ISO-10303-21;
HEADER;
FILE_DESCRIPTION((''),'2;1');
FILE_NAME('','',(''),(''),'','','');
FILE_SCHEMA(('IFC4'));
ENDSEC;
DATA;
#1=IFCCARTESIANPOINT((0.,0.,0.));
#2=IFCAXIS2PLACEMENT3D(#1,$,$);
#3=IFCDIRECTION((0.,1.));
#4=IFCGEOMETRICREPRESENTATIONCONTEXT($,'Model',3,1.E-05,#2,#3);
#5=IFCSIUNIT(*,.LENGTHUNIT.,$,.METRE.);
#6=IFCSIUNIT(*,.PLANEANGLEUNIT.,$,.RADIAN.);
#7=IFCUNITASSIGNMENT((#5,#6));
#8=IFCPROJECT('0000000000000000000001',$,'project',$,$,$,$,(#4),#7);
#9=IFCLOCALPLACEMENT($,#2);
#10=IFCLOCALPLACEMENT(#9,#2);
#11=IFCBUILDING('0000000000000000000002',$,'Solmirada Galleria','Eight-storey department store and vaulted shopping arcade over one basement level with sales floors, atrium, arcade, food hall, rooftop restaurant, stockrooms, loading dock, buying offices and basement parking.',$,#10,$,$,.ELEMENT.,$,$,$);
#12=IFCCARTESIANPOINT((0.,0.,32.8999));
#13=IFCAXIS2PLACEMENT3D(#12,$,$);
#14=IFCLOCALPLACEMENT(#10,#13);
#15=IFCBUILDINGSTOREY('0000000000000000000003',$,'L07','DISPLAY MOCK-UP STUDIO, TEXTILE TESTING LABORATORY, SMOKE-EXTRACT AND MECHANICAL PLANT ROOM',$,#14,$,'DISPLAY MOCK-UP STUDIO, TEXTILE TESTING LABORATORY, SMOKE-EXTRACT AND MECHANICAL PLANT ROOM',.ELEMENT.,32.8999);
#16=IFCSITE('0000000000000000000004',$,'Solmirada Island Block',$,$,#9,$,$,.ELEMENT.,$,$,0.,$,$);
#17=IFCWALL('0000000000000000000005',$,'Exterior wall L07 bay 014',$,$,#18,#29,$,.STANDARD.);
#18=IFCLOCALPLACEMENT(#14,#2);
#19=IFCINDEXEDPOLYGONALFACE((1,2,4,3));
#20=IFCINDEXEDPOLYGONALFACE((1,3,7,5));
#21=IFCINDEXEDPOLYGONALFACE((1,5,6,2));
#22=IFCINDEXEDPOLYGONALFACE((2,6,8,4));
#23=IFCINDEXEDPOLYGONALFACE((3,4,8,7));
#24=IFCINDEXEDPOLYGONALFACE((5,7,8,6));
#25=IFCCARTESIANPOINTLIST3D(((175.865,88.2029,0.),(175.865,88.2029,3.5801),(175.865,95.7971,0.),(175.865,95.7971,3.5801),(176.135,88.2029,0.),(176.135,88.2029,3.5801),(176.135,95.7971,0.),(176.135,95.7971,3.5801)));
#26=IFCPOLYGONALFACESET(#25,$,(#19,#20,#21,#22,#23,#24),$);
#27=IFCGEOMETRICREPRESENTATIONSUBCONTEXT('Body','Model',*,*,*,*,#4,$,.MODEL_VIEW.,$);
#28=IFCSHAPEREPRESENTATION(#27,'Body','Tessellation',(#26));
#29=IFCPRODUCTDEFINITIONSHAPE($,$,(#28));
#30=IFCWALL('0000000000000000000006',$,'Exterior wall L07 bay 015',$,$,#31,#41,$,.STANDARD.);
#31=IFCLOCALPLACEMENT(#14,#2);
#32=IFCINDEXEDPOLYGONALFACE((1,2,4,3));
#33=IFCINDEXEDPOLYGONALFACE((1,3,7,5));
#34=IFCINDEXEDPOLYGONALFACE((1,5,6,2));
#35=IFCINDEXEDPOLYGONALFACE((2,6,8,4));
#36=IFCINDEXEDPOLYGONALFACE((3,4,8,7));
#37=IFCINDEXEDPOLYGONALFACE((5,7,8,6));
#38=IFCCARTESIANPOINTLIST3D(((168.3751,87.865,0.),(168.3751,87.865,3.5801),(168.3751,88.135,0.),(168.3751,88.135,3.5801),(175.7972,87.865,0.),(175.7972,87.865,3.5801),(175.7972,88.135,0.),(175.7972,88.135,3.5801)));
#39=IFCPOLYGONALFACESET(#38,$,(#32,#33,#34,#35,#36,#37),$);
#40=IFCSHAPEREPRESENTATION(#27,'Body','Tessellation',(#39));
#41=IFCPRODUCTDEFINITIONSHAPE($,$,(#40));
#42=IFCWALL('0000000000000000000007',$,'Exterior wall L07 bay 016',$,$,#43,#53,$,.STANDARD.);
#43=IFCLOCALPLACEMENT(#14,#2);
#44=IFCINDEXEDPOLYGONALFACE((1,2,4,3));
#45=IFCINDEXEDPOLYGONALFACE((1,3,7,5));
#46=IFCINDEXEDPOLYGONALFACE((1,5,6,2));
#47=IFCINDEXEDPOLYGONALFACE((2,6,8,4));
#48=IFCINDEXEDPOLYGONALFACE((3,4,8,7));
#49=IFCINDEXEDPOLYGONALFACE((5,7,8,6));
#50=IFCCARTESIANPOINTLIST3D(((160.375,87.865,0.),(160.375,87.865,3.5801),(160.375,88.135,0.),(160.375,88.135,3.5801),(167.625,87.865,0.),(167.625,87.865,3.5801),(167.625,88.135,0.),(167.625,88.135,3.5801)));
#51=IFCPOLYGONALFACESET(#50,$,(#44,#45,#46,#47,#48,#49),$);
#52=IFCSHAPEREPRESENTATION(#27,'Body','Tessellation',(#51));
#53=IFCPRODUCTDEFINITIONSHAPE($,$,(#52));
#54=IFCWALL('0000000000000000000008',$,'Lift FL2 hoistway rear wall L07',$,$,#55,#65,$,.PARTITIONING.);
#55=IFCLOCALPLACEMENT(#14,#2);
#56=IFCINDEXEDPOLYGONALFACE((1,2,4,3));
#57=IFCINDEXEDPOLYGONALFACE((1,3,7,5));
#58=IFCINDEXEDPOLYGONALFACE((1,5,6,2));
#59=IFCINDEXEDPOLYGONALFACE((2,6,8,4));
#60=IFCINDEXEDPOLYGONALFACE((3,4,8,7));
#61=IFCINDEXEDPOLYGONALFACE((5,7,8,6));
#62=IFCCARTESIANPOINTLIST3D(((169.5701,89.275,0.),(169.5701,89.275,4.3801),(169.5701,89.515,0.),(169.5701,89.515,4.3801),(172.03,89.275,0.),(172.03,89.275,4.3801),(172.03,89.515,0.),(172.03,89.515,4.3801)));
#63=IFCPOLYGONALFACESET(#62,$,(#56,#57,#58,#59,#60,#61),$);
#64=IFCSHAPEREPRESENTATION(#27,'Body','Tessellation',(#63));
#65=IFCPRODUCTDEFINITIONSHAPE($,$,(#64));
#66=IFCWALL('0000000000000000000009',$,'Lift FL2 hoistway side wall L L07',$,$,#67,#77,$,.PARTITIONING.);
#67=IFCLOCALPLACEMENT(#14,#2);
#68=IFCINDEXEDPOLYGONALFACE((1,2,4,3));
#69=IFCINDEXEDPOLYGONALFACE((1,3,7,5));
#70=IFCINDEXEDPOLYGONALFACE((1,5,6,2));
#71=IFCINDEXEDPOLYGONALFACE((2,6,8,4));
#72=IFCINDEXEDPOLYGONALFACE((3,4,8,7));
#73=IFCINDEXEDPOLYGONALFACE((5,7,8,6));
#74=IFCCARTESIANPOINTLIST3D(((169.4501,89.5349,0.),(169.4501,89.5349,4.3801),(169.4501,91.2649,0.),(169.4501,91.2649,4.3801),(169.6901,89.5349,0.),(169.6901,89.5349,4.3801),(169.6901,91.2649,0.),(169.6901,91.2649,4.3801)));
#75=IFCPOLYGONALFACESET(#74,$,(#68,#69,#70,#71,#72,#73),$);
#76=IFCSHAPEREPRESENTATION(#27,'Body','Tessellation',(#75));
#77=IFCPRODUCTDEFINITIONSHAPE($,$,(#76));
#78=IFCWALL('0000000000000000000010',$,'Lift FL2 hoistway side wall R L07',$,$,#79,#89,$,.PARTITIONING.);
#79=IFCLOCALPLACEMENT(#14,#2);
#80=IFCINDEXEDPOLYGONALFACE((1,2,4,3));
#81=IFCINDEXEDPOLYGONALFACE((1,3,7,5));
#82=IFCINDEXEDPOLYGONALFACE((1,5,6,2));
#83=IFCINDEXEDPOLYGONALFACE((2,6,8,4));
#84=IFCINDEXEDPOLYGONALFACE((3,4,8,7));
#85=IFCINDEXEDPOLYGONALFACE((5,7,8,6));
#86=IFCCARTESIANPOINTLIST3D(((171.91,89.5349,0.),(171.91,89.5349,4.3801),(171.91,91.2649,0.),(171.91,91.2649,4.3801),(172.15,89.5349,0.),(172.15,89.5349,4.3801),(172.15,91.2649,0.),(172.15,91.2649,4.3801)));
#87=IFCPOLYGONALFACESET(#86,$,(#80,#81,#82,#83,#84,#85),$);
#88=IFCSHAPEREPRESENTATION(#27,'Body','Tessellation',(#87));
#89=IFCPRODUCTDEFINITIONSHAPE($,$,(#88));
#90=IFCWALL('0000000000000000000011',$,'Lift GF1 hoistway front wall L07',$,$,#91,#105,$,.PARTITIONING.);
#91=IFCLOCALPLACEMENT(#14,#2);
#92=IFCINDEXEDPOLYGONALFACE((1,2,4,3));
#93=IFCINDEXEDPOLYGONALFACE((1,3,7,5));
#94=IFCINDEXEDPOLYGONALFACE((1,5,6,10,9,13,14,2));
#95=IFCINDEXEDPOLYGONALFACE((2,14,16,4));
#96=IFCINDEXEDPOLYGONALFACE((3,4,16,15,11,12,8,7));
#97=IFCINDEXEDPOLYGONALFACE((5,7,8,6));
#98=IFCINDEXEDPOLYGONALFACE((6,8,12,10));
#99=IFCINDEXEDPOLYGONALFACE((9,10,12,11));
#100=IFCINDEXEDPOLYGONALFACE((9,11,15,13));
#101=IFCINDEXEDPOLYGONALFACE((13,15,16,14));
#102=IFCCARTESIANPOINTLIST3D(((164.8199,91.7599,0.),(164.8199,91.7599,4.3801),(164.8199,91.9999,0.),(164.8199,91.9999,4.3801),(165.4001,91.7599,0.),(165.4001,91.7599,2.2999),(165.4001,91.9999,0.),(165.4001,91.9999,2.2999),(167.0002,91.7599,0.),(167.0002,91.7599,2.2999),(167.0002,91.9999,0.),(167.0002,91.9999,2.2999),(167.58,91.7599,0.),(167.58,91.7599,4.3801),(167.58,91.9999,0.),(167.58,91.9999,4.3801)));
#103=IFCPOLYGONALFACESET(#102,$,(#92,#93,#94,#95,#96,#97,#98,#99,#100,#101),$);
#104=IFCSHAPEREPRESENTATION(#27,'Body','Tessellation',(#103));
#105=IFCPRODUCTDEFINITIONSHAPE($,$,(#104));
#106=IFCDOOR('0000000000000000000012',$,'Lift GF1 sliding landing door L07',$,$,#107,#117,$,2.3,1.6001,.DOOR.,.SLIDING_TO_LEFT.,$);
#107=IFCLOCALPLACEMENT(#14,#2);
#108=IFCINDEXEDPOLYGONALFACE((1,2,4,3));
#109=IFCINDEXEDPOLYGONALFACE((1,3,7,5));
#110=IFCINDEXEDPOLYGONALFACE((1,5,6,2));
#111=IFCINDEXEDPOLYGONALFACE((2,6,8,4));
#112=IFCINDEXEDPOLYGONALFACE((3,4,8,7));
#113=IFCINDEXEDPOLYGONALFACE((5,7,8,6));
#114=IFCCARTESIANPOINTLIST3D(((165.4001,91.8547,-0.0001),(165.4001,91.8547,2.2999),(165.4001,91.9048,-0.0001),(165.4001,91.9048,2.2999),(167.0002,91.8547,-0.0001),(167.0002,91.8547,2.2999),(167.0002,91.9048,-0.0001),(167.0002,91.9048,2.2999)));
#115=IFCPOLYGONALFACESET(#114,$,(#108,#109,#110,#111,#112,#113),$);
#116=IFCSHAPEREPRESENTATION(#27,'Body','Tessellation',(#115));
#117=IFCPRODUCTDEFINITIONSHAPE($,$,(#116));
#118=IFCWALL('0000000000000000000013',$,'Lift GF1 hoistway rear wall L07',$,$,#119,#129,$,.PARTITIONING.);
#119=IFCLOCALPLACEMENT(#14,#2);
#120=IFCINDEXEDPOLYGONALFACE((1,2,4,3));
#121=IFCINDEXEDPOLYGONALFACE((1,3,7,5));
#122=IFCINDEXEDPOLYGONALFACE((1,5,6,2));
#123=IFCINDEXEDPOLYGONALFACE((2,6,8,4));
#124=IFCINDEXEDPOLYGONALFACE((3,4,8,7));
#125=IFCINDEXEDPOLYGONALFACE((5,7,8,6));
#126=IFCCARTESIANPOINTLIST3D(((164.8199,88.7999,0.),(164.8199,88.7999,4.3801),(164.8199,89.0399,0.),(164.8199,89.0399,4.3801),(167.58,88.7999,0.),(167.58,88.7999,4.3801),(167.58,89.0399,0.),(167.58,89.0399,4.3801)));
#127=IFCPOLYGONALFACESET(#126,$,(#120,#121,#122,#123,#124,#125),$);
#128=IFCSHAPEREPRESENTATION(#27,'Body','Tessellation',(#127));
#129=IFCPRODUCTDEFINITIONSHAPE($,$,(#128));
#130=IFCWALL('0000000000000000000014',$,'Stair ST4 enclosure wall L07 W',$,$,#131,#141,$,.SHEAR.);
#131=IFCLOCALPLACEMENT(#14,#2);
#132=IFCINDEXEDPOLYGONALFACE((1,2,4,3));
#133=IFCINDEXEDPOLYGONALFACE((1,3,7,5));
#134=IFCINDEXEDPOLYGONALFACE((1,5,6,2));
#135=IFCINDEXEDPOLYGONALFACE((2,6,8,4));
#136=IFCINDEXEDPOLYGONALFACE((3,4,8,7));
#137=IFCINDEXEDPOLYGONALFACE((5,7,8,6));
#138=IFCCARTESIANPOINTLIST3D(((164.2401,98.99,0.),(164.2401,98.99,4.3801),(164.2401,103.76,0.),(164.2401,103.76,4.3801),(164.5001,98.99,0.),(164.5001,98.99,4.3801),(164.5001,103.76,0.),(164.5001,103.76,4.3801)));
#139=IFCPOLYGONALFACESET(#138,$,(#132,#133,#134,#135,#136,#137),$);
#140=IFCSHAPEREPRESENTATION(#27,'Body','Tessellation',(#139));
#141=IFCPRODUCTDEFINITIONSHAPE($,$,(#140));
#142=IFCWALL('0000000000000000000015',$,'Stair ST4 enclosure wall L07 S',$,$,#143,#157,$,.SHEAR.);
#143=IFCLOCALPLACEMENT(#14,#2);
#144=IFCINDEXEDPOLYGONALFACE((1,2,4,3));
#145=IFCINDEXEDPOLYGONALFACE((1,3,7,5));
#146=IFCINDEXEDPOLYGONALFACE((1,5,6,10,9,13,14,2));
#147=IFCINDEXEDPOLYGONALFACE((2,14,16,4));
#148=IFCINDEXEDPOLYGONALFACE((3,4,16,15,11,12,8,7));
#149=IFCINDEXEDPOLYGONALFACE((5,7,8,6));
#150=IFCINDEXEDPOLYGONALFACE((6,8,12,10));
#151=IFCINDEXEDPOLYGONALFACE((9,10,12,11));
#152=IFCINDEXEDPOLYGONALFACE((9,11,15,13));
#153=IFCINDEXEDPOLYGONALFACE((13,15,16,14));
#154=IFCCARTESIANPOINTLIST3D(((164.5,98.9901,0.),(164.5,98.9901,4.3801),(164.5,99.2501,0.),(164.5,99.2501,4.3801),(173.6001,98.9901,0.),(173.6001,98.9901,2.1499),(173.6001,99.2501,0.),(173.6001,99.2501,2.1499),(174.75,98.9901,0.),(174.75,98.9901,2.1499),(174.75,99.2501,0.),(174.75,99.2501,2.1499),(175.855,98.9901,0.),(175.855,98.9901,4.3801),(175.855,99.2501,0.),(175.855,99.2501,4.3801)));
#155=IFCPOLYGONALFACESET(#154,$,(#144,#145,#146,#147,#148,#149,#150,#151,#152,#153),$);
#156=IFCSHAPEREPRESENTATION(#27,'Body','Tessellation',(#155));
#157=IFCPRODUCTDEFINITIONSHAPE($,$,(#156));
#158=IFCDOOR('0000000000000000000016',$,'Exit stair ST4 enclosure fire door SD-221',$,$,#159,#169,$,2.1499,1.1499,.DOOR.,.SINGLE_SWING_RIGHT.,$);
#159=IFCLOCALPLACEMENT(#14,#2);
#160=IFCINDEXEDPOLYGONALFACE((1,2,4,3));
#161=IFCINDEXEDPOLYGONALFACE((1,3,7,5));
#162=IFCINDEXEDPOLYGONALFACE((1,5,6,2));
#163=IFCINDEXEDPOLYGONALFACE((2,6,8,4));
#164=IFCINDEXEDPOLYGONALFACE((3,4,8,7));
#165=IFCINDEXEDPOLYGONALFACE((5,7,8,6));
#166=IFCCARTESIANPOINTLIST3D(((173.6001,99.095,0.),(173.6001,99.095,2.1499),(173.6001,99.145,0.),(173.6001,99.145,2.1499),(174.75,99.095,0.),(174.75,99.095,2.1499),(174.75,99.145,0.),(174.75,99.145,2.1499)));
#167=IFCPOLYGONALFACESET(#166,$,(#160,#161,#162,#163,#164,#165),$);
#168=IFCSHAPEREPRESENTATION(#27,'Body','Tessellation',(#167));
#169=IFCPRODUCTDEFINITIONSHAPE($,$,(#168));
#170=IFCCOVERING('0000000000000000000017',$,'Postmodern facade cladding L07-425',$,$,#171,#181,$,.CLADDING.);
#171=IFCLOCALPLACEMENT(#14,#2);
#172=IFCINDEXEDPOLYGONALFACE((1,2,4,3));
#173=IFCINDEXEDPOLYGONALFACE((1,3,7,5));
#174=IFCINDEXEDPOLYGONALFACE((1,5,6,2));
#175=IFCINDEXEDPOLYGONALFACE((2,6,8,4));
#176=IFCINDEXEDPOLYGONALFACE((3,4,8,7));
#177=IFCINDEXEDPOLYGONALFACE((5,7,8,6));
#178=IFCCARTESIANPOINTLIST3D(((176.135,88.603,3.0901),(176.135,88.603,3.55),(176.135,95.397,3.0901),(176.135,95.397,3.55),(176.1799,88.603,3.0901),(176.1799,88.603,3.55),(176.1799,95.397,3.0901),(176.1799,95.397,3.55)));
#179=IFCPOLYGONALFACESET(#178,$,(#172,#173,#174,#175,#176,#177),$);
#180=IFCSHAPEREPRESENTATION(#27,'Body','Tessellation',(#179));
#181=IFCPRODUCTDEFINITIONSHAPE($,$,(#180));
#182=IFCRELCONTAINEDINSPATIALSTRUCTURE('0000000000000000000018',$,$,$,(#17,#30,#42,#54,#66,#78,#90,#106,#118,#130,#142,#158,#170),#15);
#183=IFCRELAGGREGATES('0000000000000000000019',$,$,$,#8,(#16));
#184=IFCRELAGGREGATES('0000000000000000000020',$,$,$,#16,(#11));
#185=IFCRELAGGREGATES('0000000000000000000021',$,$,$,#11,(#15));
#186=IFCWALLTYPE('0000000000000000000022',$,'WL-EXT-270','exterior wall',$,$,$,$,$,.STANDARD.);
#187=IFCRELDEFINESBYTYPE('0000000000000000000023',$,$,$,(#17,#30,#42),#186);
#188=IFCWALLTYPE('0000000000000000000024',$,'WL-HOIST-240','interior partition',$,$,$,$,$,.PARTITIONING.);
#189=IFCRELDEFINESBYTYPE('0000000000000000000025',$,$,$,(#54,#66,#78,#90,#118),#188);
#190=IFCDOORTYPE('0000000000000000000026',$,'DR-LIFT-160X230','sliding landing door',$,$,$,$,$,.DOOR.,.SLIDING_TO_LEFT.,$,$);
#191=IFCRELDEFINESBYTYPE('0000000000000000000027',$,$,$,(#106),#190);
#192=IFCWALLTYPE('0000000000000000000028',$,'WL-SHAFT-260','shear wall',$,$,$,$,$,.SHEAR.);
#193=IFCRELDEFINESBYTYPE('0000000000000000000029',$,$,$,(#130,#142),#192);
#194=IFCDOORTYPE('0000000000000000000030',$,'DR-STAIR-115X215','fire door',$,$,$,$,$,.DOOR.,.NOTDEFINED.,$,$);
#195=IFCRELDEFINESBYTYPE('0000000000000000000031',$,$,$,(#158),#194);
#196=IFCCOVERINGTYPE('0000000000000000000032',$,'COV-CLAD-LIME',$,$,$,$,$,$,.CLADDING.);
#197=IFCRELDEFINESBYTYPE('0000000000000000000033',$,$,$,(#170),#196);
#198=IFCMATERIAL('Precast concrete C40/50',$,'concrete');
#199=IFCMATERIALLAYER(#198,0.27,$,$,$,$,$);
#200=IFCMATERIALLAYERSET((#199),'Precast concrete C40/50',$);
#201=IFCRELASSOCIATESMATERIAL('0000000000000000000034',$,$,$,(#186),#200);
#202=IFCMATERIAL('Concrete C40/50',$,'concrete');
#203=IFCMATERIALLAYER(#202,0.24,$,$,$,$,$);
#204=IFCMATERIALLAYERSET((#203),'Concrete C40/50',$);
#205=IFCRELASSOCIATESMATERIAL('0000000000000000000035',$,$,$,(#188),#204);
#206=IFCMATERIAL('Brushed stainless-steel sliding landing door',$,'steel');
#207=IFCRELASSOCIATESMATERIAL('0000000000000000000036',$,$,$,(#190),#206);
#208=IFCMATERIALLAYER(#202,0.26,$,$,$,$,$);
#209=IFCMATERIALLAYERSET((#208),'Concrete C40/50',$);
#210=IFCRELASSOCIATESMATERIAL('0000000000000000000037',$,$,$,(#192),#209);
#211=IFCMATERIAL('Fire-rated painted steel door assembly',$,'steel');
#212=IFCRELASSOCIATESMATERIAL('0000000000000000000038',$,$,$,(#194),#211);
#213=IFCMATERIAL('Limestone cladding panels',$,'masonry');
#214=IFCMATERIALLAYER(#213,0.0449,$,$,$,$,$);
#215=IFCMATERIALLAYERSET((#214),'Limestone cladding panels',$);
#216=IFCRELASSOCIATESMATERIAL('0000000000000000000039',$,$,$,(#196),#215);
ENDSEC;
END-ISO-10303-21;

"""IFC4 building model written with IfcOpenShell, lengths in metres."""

from ifc_helpers import new_model, si_unit, direction, frame, frame_2d, origin, origin_2d, place, context, subcontext, project, spatial, rectangle, extrude, material, layer, layer_set, type_object, element, fill, save


model = new_model("IFC4")

# Units and contexts
model_context = context("Model", 3, precision=1e-05, world=origin(), true_north=direction((0.0, 1.0)))
body_context = subcontext(model_context, "Body", "Model", "MODEL_VIEW")
ifc_project = project(units=[si_unit("LENGTHUNIT", "METRE"), si_unit("PLANEANGLEUNIT", "RADIAN")], contexts=[model_context])

# Site, building, storey
site_placement = place(None, origin())
site = spatial("IfcSite", under=ifc_project, at=site_placement, Name="Solmirada Island Block", CompositionType="ELEMENT", RefElevation=0.0)
building_placement = place(site_placement, origin())
building = spatial("IfcBuilding", under=site, at=building_placement, Name="Solmirada Galleria", Description="Eight-storey department store and vaulted shopping arcade over one basement level with sales floors, atrium, arcade, food hall, rooftop restaurant, stockrooms, loading dock, buying offices and basement parking.", CompositionType="ELEMENT")
storey_placement = place(building_placement, frame((0.0, 0.0, 32.8999)))
storey = spatial("IfcBuildingStorey", under=building, at=storey_placement, Name="L07", Description="DISPLAY MOCK-UP STUDIO, TEXTILE TESTING LABORATORY, SMOKE-EXTRACT AND MECHANICAL PLANT ROOM", LongName="DISPLAY MOCK-UP STUDIO, TEXTILE TESTING LABORATORY, SMOKE-EXTRACT AND MECHANICAL PLANT ROOM", CompositionType="ELEMENT", Elevation=32.8999)

# Shared definitions
ifc_material_1 = material(Name="Concrete C40/50", Category="concrete")

# Walls
ifc_material_2 = material(Name="Precast concrete C40/50", Category="concrete")
ifc_layer_1 = layer(ifc_material_2, 0.27)
ifc_layer_set_1 = layer_set([ifc_layer_1], Name="Precast concrete C40/50")
wall_type_1 = type_object("IfcWallType", Name="WL-EXT-270", Description="exterior wall", PredefinedType="STANDARD", material=ifc_layer_set_1)
wall_1_placement = place(storey_placement, frame((176.0, 95.7971, 0.0), z_axis=(0.0, 0.0, 1.0), x_axis=(0.0, -1.0, 0.0)))
element("IfcWall", 1, at=wall_1_placement, inside=storey, type_object=wall_type_1, Name="Exterior wall L07 bay 014", PredefinedType="STANDARD", context=body_context, shape_type="SweptSolid", body=[
    extrude(rectangle(XDim=7.5942, YDim=0.27, at=frame_2d((3.7971, 0.0))), origin(), (0.0, 0.0, 1.0), 3.5801),
])
wall_2_placement = place(storey_placement, frame((175.7971, 88.0, 0.0), z_axis=(0.0, 0.0, 1.0), x_axis=(-1.0, 0.0, 0.0)))
element("IfcWall", 2, at=wall_2_placement, inside=storey, type_object=wall_type_1, Name="Exterior wall L07 bay 015", PredefinedType="STANDARD", context=body_context, shape_type="SweptSolid", body=[
    extrude(rectangle(XDim=7.4221, YDim=0.27, at=frame_2d((3.7109, 0.0))), origin(), (0.0, 0.0, 1.0), 3.5801),
])
wall_3_placement = place(storey_placement, frame((167.625, 88.0, 0.0), z_axis=(0.0, 0.0, 1.0), x_axis=(-1.0, 0.0, 0.0)))
element("IfcWall", 3, at=wall_3_placement, inside=storey, type_object=wall_type_1, Name="Exterior wall L07 bay 016", PredefinedType="STANDARD", context=body_context, shape_type="SweptSolid", body=[
    extrude(rectangle(XDim=7.25, YDim=0.27, at=frame_2d((3.625, 0.0))), origin(), (0.0, 0.0, 1.0), 3.5801),
])

# Shared definitions
ifc_layer_2 = layer(ifc_material_1, 0.24)
ifc_layer_set_2 = layer_set([ifc_layer_2], Name="Concrete C40/50")
wall_type_2 = type_object("IfcWallType", Name="WL-HOIST-240", Description="interior partition", PredefinedType="PARTITIONING", material=ifc_layer_set_2)
ifc_material_3 = material(Name="Brushed stainless-steel sliding landing door", Category="steel")

# Walls
wall_4_placement = place(storey_placement, frame((169.5701, 89.395, 0.0), z_axis=(0.0, 0.0, 1.0), x_axis=(1.0, 0.0, 0.0)))
element("IfcWall", 4, at=wall_4_placement, inside=storey, type_object=wall_type_2, Name="Lift FL2 hoistway rear wall L07", PredefinedType="PARTITIONING", context=body_context, shape_type="SweptSolid", body=[
    extrude(rectangle(XDim=2.46, YDim=0.24, at=frame_2d((1.23, 0.0))), origin(), (0.0, 0.0, 1.0), 4.3801),
])
for number, where, z_axis, x_axis, name in (
    (5, (169.5701, 89.5349, 0.0), (0.0, 0.0, 1.0), (0.0, 1.0, 0.0), "Lift FL2 hoistway side wall L L07"),
    (6, (172.03, 89.5349, 0.0), (0.0, 0.0, 1.0), (0.0, 1.0, 0.0), "Lift FL2 hoistway side wall R L07"),
):
    element("IfcWall", number, at=place(storey_placement, frame(where, z_axis=z_axis, x_axis=x_axis)), inside=storey, type_object=wall_type_2, Name=name, PredefinedType="PARTITIONING", context=body_context, shape_type="SweptSolid", body=[
        extrude(rectangle(XDim=1.73, YDim=0.24, at=frame_2d((0.865, 0.0))), origin(), (0.0, 0.0, 1.0), 4.3801),
    ])

# Wall, opening, door
wall_5_placement = place(storey_placement, frame((164.8201, 91.8799, 0.0), z_axis=(0.0, 0.0, 1.0), x_axis=(1.0, 0.0, 0.0)))
wall_5 = element("IfcWall", 7, at=wall_5_placement, inside=storey, type_object=wall_type_2, Name="Lift GF1 hoistway front wall L07", PredefinedType="PARTITIONING", context=body_context, shape_type="SweptSolid", body=[
    extrude(rectangle(XDim=2.76, YDim=0.24, at=frame_2d((1.3799, 0.0))), origin(), (0.0, 0.0, 1.0), 4.3801),
])
opening_1_placement = place(wall_5_placement, frame((0.5801, 0.0, 0.0)))
opening_1 = element("IfcOpeningElement", 8, at=opening_1_placement, cuts=wall_5, PredefinedType="OPENING", context=body_context, shape_type="SweptSolid", body=[
    extrude(rectangle(XDim=1.6001, YDim=2.3, at=frame_2d((0.8, 1.1499))), frame((0.0, 0.1299, 0.0), z_axis=(0.0, -1.0, 0.0), x_axis=(1.0, 0.0, 0.0)), (0.0, 0.0, 1.0), 0.26),
])
door_type_1 = type_object("IfcDoorType", Name="DR-LIFT-160X230", Description="sliding landing door", OperationType="SLIDING_TO_LEFT", PredefinedType="DOOR", material=ifc_material_3)
door_1_placement = place(opening_1_placement, origin())
door_1 = element("IfcDoor", 9, at=door_1_placement, inside=storey, type_object=door_type_1, Name="Lift GF1 sliding landing door L07", OperationType="SLIDING_TO_LEFT", OverallHeight=2.3, OverallWidth=1.6001, PredefinedType="DOOR", context=body_context, shape_type="SweptSolid", body=[
    extrude(rectangle(XDim=1.6001, YDim=2.3, at=frame_2d((0.8, 1.1499))), frame((0.0, 0.0249, 0.0), z_axis=(0.0, -1.0, 0.0), x_axis=(1.0, 0.0, 0.0)), (0.0, 0.0, 1.0), 0.05),
])
fill(opening_1, door_1)

# Wall
wall_6_placement = place(storey_placement, frame((164.8201, 88.9199, 0.0), z_axis=(0.0, 0.0, 1.0), x_axis=(1.0, 0.0, 0.0)))
element("IfcWall", 10, at=wall_6_placement, inside=storey, type_object=wall_type_2, Name="Lift GF1 hoistway rear wall L07", PredefinedType="PARTITIONING", context=body_context, shape_type="SweptSolid", body=[
    extrude(rectangle(XDim=2.76, YDim=0.24, at=frame_2d((1.3799, 0.0))), origin(), (0.0, 0.0, 1.0), 4.3801),
])

# Shared definitions
ifc_material_4 = material(Name="Fire-rated painted steel door assembly", Category="steel")

# Wall
ifc_layer_3 = layer(ifc_material_1, 0.26)
ifc_layer_set_3 = layer_set([ifc_layer_3], Name="Concrete C40/50")
wall_type_3 = type_object("IfcWallType", Name="WL-SHAFT-260", Description="shear wall", PredefinedType="SHEAR", material=ifc_layer_set_3)
wall_7_placement = place(storey_placement, frame((164.3701, 98.99, 0.0), z_axis=(0.0, 0.0, 1.0), x_axis=(0.0, 1.0, 0.0)))
element("IfcWall", 11, at=wall_7_placement, inside=storey, type_object=wall_type_3, Name="Stair ST4 enclosure wall L07 W", PredefinedType="SHEAR", context=body_context, shape_type="SweptSolid", body=[
    extrude(rectangle(XDim=4.77, YDim=0.26, at=frame_2d((2.385, 0.0))), origin(), (0.0, 0.0, 1.0), 4.3801),
])

# Wall, opening, door
wall_8_placement = place(storey_placement, frame((164.5, 99.1201, 0.0), z_axis=(0.0, 0.0, 1.0), x_axis=(1.0, 0.0, 0.0)))
wall_8 = element("IfcWall", 12, at=wall_8_placement, inside=storey, type_object=wall_type_3, Name="Stair ST4 enclosure wall L07 S", PredefinedType="SHEAR", context=body_context, shape_type="SweptSolid", body=[
    extrude(rectangle(XDim=11.355, YDim=0.26, at=frame_2d((5.6775, 0.0))), origin(), (0.0, 0.0, 1.0), 4.3801),
])
opening_2_placement = place(wall_8_placement, frame((9.1001, 0.0, 0.0)))
opening_2 = element("IfcOpeningElement", 13, at=opening_2_placement, cuts=wall_8, PredefinedType="OPENING", context=body_context, shape_type="SweptSolid", body=[
    extrude(rectangle(XDim=1.1499, YDim=2.1499, at=frame_2d((0.575, 1.075))), frame((0.0, 0.1399, 0.0), z_axis=(0.0, -1.0, 0.0), x_axis=(1.0, 0.0, 0.0)), (0.0, 0.0, 1.0), 0.28),
])
door_type_2 = type_object("IfcDoorType", Name="DR-STAIR-115X215", Description="fire door", OperationType="NOTDEFINED", PredefinedType="DOOR", material=ifc_material_4)
door_2_placement = place(opening_2_placement, origin())
door_2 = element("IfcDoor", 14, at=door_2_placement, inside=storey, type_object=door_type_2, Name="Exit stair ST4 enclosure fire door SD-221", OperationType="SINGLE_SWING_RIGHT", OverallHeight=2.1499, OverallWidth=1.1499, PredefinedType="DOOR", context=body_context, shape_type="SweptSolid", body=[
    extrude(rectangle(XDim=1.1499, YDim=2.1499, at=frame_2d((0.575, 1.075))), frame((0.0, 0.0249, 0.0), z_axis=(0.0, -1.0, 0.0), x_axis=(1.0, 0.0, 0.0)), (0.0, 0.0, 1.0), 0.05),
])
fill(opening_2, door_2)

# Covering
ifc_material_5 = material(Name="Limestone cladding panels", Category="masonry")
ifc_layer_4 = layer(ifc_material_5, 0.0449)
ifc_layer_set_4 = layer_set([ifc_layer_4], Name="Limestone cladding panels")
covering_type_1 = type_object("IfcCoveringType", Name="COV-CLAD-LIME", PredefinedType="CLADDING", material=ifc_layer_set_4)
covering_1_placement = place(storey_placement, frame((176.1575, 92.0, 3.0901), z_axis=(0.0, 0.0, 1.0), x_axis=(0.0, -1.0, 0.0)))
element("IfcCovering", 15, at=covering_1_placement, inside=storey, type_object=covering_type_1, Name="Postmodern facade cladding L07-425", PredefinedType="CLADDING", context=body_context, shape_type="SweptSolid", body=[
    extrude(rectangle(XDim=6.7939, YDim=0.0449, at=origin_2d()), origin(), (0.0, 0.0, 1.0), 0.46),
])

save(model, "model.ifc")
